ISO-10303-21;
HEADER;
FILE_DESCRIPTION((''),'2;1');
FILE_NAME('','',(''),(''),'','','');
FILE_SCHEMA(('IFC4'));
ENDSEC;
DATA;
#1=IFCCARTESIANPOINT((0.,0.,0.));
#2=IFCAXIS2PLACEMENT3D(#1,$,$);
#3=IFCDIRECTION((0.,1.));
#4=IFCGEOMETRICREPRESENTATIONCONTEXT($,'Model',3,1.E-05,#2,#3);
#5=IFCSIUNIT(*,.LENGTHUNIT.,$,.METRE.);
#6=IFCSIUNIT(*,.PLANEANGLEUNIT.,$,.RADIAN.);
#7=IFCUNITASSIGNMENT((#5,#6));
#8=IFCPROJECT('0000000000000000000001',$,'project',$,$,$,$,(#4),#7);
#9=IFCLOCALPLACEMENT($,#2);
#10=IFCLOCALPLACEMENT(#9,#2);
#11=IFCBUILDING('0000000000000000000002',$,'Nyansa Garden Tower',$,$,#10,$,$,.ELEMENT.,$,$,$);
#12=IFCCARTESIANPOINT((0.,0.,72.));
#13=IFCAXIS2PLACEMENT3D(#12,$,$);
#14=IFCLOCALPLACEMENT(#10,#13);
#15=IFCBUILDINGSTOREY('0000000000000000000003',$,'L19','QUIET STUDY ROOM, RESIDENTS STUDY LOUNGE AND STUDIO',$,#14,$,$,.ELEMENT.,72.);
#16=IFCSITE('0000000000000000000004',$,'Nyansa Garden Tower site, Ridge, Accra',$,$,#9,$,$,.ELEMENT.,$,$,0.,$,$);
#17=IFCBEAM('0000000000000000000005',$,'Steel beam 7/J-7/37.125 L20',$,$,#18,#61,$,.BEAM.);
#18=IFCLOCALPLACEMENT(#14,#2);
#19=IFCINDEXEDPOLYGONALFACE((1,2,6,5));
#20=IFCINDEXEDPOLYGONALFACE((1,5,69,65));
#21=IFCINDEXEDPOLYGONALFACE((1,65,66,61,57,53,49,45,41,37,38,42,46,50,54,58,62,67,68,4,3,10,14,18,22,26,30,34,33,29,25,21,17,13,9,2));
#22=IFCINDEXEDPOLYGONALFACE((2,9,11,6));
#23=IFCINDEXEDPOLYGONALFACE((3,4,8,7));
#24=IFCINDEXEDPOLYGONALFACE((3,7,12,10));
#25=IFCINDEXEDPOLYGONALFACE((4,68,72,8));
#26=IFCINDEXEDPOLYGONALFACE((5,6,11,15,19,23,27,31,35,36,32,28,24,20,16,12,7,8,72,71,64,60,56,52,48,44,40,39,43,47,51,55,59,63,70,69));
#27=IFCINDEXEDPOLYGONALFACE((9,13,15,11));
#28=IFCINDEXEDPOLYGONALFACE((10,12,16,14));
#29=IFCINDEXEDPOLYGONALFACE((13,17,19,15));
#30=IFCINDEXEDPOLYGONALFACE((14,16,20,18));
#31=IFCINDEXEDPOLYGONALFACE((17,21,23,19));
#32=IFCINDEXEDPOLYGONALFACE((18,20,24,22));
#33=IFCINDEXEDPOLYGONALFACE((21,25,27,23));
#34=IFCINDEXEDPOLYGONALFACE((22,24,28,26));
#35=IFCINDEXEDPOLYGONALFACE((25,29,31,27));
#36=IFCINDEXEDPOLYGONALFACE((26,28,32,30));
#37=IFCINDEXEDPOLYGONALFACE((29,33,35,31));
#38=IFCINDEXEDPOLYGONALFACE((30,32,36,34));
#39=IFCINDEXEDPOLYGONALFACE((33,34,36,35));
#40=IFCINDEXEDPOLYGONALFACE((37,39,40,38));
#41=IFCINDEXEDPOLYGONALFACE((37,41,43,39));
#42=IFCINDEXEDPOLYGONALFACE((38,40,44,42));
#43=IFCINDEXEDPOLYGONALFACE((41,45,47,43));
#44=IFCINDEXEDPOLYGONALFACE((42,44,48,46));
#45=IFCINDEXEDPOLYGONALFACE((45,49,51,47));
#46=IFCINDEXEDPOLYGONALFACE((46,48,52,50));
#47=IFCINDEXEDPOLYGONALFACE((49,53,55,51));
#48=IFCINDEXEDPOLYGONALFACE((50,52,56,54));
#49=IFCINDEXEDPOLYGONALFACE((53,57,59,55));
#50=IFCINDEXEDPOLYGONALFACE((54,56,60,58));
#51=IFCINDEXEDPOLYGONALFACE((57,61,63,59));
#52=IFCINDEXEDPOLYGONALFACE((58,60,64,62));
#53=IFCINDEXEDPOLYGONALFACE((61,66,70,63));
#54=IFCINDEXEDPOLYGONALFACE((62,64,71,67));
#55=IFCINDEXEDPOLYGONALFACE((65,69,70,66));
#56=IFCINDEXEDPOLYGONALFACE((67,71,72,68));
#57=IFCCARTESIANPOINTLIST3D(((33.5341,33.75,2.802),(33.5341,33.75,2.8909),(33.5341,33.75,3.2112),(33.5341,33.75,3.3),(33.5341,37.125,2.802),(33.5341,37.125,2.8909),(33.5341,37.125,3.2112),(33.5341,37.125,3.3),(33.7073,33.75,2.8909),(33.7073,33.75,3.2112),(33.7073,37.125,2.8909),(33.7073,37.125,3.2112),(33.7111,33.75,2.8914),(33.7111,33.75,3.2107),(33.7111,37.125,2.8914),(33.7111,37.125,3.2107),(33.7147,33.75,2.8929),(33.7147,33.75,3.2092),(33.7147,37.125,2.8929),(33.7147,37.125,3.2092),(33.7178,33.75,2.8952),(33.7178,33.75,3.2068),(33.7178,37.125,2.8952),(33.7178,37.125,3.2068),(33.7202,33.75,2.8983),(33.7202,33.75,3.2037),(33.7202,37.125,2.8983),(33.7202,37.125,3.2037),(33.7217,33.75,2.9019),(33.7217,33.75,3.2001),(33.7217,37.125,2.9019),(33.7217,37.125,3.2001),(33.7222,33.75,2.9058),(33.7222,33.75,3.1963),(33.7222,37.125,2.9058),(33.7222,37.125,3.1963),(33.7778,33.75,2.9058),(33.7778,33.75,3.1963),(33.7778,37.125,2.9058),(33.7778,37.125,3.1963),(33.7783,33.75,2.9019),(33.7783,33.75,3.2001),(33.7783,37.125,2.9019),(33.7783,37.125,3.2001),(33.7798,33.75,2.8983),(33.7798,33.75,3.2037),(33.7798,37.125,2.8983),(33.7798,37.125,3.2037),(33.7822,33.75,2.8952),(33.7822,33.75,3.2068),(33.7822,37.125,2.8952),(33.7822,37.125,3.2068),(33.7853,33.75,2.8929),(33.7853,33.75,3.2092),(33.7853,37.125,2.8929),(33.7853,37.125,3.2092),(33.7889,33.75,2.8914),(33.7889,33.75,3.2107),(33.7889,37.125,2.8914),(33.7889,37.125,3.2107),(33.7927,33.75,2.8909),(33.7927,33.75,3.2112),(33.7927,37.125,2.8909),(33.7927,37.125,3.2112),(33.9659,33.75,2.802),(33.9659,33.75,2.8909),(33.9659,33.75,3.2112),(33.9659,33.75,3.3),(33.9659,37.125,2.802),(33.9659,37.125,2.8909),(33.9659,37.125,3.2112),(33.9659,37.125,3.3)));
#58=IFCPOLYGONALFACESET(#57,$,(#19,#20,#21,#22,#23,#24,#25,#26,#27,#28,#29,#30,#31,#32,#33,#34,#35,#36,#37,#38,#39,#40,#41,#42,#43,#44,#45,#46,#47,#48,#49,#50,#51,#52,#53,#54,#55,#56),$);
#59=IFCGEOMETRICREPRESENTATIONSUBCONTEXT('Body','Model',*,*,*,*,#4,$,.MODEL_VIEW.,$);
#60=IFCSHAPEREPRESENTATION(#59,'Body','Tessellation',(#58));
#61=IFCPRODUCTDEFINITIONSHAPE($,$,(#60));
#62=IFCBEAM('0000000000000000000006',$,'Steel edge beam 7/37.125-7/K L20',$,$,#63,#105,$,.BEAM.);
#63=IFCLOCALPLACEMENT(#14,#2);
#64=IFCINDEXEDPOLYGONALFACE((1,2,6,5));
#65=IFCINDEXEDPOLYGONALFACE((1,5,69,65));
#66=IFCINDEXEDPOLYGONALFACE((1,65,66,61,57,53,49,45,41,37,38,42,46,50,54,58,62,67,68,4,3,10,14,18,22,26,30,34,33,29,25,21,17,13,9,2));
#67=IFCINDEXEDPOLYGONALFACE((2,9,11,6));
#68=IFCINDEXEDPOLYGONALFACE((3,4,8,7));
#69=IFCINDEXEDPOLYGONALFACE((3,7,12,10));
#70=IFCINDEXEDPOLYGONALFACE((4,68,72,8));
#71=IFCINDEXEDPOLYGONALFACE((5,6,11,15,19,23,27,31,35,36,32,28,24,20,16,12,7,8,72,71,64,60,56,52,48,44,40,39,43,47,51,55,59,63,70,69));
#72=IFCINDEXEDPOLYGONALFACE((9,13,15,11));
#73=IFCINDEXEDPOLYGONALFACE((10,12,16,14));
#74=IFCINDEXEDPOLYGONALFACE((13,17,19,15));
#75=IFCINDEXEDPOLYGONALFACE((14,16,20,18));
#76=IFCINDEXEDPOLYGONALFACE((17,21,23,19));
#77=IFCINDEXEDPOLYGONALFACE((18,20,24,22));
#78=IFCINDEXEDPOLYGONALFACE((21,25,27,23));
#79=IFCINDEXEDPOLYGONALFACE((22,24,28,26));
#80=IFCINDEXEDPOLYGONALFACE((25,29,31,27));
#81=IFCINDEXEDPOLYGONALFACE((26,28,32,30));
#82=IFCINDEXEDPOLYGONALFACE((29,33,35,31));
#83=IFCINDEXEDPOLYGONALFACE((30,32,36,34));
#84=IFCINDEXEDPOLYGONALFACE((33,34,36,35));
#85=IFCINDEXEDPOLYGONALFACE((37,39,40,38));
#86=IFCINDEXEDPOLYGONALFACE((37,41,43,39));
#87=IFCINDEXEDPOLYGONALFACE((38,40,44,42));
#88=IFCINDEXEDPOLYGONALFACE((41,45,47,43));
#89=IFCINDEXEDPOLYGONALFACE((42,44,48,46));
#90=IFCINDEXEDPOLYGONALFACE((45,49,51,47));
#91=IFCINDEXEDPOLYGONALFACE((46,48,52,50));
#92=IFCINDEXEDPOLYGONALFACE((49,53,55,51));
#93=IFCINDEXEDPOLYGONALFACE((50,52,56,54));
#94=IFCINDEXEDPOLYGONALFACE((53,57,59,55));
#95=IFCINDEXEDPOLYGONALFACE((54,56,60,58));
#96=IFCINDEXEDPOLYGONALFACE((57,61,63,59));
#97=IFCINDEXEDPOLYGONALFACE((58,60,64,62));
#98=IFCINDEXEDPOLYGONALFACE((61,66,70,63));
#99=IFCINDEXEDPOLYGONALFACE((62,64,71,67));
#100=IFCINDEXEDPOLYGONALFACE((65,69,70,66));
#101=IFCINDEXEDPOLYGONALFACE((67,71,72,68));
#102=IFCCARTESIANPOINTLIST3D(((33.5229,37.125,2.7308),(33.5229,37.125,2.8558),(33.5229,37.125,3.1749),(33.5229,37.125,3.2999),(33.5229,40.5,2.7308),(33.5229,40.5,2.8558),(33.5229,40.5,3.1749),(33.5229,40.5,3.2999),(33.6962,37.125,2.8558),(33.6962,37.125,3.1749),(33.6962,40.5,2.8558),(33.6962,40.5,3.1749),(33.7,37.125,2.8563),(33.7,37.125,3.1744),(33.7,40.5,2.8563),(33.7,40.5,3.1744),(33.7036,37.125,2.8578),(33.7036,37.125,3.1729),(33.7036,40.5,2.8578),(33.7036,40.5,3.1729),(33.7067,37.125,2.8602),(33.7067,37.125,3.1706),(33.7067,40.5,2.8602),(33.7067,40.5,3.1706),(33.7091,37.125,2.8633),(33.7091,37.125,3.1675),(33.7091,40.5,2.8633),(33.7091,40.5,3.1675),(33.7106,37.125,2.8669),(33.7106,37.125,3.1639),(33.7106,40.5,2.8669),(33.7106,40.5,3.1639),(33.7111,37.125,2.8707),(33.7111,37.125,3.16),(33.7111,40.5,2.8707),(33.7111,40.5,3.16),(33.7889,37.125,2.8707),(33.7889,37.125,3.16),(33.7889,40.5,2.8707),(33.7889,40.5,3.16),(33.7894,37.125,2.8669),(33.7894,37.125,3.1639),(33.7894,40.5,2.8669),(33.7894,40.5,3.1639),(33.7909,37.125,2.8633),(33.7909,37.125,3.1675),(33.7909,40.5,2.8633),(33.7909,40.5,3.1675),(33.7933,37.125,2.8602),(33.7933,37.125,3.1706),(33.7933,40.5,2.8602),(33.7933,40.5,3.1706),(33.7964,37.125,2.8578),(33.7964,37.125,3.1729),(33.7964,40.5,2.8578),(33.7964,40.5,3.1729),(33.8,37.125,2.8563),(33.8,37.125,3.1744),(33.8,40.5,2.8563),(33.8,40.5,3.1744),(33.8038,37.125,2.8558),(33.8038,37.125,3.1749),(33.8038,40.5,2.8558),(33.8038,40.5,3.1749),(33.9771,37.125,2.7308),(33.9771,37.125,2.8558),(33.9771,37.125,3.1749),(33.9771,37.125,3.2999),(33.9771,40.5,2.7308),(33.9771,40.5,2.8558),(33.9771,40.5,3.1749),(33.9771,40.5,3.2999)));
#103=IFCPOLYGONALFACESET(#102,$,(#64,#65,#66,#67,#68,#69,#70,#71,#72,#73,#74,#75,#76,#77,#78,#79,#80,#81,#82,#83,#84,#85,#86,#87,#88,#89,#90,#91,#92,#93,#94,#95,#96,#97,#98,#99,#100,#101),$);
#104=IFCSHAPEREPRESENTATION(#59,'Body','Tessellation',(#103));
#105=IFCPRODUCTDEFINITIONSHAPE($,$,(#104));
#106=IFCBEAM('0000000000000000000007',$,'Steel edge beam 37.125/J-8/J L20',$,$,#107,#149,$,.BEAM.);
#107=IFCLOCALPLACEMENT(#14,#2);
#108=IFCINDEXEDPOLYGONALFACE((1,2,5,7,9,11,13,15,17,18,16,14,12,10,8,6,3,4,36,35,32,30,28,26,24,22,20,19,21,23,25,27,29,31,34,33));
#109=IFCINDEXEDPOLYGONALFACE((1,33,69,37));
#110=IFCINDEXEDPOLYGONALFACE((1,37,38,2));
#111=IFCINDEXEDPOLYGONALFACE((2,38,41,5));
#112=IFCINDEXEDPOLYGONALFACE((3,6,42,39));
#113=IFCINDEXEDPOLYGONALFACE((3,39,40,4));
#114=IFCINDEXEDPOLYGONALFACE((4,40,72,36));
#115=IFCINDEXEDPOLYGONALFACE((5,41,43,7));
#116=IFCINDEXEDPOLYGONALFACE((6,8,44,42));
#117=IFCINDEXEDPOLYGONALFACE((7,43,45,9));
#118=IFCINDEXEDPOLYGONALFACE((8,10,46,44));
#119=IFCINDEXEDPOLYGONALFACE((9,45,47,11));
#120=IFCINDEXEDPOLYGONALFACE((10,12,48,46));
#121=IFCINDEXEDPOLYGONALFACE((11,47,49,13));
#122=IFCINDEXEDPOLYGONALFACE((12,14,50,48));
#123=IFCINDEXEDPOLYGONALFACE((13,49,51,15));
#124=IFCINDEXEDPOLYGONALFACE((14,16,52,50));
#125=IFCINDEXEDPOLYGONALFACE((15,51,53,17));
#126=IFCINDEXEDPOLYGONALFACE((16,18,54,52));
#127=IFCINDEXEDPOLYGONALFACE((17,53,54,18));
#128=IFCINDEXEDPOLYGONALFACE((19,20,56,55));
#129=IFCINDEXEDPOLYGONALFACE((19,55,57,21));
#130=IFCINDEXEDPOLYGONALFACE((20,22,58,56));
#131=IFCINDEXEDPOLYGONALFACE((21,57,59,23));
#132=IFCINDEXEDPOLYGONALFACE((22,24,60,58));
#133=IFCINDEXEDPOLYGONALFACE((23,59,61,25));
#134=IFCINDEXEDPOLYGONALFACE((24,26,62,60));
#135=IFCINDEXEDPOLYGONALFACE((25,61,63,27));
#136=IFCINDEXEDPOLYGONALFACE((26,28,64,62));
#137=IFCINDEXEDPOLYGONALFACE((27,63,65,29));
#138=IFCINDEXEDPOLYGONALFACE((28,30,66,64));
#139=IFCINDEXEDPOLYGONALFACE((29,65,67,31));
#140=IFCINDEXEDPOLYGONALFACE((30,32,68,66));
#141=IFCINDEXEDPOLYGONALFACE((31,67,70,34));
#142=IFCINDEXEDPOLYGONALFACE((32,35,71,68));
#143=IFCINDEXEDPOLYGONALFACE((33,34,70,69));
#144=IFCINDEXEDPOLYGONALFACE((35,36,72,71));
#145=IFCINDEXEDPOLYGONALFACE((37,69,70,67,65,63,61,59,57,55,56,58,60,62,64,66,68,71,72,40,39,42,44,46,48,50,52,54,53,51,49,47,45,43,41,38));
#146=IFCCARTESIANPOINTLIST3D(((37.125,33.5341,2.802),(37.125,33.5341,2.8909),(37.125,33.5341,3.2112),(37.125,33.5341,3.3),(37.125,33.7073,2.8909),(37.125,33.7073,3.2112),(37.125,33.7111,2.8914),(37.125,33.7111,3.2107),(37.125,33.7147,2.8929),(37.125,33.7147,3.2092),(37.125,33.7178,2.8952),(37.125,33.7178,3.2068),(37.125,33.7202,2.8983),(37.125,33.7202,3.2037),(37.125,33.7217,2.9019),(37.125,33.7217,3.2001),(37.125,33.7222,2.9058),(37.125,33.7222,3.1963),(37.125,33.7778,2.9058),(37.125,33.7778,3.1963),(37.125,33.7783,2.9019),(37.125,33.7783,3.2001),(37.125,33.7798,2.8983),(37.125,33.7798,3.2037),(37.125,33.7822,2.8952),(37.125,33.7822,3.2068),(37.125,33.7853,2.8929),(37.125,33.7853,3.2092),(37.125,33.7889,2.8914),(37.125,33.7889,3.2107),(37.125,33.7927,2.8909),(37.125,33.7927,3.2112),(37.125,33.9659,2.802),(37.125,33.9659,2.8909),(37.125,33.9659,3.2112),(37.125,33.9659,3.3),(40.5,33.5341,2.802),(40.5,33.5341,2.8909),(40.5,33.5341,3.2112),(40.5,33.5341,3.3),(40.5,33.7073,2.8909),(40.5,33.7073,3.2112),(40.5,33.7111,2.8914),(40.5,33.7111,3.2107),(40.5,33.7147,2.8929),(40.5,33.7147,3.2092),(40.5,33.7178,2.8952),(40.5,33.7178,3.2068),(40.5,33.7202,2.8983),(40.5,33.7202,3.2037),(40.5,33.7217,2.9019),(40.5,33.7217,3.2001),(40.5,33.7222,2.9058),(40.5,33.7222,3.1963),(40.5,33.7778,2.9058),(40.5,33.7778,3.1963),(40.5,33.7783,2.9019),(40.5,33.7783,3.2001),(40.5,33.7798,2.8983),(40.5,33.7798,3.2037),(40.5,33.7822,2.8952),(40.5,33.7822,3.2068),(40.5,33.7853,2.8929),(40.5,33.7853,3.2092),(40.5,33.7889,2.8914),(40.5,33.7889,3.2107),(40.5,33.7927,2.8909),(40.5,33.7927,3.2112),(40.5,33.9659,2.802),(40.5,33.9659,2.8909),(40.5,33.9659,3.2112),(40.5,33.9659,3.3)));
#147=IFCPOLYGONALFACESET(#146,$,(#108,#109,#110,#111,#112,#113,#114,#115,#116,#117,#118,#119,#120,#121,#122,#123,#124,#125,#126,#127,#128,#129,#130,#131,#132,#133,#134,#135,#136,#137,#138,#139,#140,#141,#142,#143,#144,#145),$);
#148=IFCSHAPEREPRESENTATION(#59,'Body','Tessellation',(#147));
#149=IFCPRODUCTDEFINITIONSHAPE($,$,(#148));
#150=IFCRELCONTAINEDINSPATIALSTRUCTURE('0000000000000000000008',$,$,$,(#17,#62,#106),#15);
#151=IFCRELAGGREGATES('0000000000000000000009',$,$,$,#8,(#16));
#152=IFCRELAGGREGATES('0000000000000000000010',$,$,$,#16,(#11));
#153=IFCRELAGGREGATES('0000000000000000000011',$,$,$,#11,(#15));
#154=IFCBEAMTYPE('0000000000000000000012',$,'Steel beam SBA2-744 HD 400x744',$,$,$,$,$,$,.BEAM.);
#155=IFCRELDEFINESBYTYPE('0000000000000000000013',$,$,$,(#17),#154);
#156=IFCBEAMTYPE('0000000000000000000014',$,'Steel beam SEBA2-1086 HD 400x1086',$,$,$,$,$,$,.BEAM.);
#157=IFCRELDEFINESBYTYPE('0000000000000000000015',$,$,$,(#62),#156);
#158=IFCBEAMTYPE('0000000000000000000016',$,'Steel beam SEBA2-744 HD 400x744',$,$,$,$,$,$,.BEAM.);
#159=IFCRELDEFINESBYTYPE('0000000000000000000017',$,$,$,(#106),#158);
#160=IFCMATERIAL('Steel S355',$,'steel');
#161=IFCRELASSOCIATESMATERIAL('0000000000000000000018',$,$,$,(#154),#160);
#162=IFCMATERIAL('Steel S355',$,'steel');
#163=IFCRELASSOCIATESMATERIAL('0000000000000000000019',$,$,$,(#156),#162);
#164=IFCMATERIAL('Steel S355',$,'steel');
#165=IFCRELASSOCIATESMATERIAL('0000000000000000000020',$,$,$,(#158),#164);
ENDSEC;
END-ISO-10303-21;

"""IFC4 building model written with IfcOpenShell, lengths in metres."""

from ifc_helpers import new_model, si_unit, direction, frame, origin, origin_2d, place, context, subcontext, project, spatial, i_section, extrude, material, material_profile, profile_set, type_object, element, save


model = new_model("IFC4")

# Units and contexts
model_context = context("Model", 3, precision=1e-05, world=origin(), true_north=direction((0.0, 1.0)))
body_context = subcontext(model_context, "Body", "Model", "MODEL_VIEW")
ifc_project = project(units=[si_unit("LENGTHUNIT", "METRE"), si_unit("PLANEANGLEUNIT", "RADIAN")], contexts=[model_context])

# Site, building, storey
site_placement = place(None, origin())
site = spatial("IfcSite", under=ifc_project, at=site_placement, Name="Nyansa Garden Tower site, Ridge, Accra", CompositionType="ELEMENT", RefElevation=0.0)
building_placement = place(site_placement, origin())
building = spatial("IfcBuilding", under=site, at=building_placement, Name="Nyansa Garden Tower", CompositionType="ELEMENT")
storey_placement = place(building_placement, frame((0.0, 0.0, 72.0)))
storey = spatial("IfcBuildingStorey", under=building, at=storey_placement, Name="L19", Description="QUIET STUDY ROOM, RESIDENTS STUDY LOUNGE AND STUDIO", CompositionType="ELEMENT", Elevation=72.0)

# Beams
ifc_material_1 = material(Name="Steel S355", Category="steel")
ifc_material_profile_1 = material_profile(ifc_material_1, i_section(OverallWidth=0.4319, OverallDepth=0.498, WebThickness=0.0557, FlangeThickness=0.0889, FilletRadius=0.0149, at=origin_2d()), Name="HD 400x744")
ifc_profile_set_1 = profile_set([ifc_material_profile_1], Name="Steel S355")
beam_type_1 = type_object("IfcBeamType", Name="Steel beam SBA2-744 HD 400x744", PredefinedType="BEAM", material=ifc_profile_set_1)
beam_1_placement = place(storey_placement, frame((33.75, 33.75, 3.051), z_axis=(0.0, 1.0, 0.0), x_axis=(-1.0, 0.0, 0.0)))
element("IfcBeam", 1, at=beam_1_placement, inside=storey, type_object=beam_type_1, Name="Steel beam 7/J-7/37.125 L20", PredefinedType="BEAM", context=body_context, shape_type="SweptSolid", body=[
    extrude(i_section(OverallWidth=0.4319, OverallDepth=0.498, WebThickness=0.0557, FlangeThickness=0.0889, FilletRadius=0.0149, at=origin_2d()), origin(), (0.0, 0.0, 1.0), 3.375),
])
ifc_material_2 = material(Name="Steel S355", Category="steel")
ifc_material_profile_2 = material_profile(ifc_material_2, i_section(OverallWidth=0.4541, OverallDepth=0.5691, WebThickness=0.0779, FlangeThickness=0.125, FilletRadius=0.0149, at=origin_2d()), Name="HD 400x1086")
ifc_profile_set_2 = profile_set([ifc_material_profile_2], Name="Steel S355")
beam_type_2 = type_object("IfcBeamType", Name="Steel beam SEBA2-1086 HD 400x1086", PredefinedType="BEAM", material=ifc_profile_set_2)
beam_2_placement = place(storey_placement, frame((33.75, 37.125, 3.0154), z_axis=(0.0, 1.0, 0.0), x_axis=(-1.0, 0.0, 0.0)))
element("IfcBeam", 2, at=beam_2_placement, inside=storey, type_object=beam_type_2, Name="Steel edge beam 7/37.125-7/K L20", PredefinedType="BEAM", context=body_context, shape_type="SweptSolid", body=[
    extrude(i_section(OverallWidth=0.4541, OverallDepth=0.5691, WebThickness=0.0779, FlangeThickness=0.125, FilletRadius=0.0149, at=origin_2d()), origin(), (0.0, 0.0, 1.0), 3.375),
])
ifc_material_3 = material(Name="Steel S355", Category="steel")
ifc_material_profile_3 = material_profile(ifc_material_3, i_section(OverallWidth=0.4319, OverallDepth=0.498, WebThickness=0.0557, FlangeThickness=0.0889, FilletRadius=0.0149, at=origin_2d()), Name="HD 400x744")
ifc_profile_set_3 = profile_set([ifc_material_profile_3], Name="Steel S355")
beam_type_3 = type_object("IfcBeamType", Name="Steel beam SEBA2-744 HD 400x744", PredefinedType="BEAM", material=ifc_profile_set_3)
beam_3_placement = place(storey_placement, frame((37.125, 33.75, 3.051), z_axis=(1.0, 0.0, 0.0), x_axis=(0.0, 1.0, 0.0)))
element("IfcBeam", 3, at=beam_3_placement, inside=storey, type_object=beam_type_3, Name="Steel edge beam 37.125/J-8/J L20", PredefinedType="BEAM", context=body_context, shape_type="SweptSolid", body=[
    extrude(i_section(OverallWidth=0.4319, OverallDepth=0.498, WebThickness=0.0557, FlangeThickness=0.0889, FilletRadius=0.0149, at=origin_2d()), origin(), (0.0, 0.0, 1.0), 3.375),
])

save(model, "model.ifc")
